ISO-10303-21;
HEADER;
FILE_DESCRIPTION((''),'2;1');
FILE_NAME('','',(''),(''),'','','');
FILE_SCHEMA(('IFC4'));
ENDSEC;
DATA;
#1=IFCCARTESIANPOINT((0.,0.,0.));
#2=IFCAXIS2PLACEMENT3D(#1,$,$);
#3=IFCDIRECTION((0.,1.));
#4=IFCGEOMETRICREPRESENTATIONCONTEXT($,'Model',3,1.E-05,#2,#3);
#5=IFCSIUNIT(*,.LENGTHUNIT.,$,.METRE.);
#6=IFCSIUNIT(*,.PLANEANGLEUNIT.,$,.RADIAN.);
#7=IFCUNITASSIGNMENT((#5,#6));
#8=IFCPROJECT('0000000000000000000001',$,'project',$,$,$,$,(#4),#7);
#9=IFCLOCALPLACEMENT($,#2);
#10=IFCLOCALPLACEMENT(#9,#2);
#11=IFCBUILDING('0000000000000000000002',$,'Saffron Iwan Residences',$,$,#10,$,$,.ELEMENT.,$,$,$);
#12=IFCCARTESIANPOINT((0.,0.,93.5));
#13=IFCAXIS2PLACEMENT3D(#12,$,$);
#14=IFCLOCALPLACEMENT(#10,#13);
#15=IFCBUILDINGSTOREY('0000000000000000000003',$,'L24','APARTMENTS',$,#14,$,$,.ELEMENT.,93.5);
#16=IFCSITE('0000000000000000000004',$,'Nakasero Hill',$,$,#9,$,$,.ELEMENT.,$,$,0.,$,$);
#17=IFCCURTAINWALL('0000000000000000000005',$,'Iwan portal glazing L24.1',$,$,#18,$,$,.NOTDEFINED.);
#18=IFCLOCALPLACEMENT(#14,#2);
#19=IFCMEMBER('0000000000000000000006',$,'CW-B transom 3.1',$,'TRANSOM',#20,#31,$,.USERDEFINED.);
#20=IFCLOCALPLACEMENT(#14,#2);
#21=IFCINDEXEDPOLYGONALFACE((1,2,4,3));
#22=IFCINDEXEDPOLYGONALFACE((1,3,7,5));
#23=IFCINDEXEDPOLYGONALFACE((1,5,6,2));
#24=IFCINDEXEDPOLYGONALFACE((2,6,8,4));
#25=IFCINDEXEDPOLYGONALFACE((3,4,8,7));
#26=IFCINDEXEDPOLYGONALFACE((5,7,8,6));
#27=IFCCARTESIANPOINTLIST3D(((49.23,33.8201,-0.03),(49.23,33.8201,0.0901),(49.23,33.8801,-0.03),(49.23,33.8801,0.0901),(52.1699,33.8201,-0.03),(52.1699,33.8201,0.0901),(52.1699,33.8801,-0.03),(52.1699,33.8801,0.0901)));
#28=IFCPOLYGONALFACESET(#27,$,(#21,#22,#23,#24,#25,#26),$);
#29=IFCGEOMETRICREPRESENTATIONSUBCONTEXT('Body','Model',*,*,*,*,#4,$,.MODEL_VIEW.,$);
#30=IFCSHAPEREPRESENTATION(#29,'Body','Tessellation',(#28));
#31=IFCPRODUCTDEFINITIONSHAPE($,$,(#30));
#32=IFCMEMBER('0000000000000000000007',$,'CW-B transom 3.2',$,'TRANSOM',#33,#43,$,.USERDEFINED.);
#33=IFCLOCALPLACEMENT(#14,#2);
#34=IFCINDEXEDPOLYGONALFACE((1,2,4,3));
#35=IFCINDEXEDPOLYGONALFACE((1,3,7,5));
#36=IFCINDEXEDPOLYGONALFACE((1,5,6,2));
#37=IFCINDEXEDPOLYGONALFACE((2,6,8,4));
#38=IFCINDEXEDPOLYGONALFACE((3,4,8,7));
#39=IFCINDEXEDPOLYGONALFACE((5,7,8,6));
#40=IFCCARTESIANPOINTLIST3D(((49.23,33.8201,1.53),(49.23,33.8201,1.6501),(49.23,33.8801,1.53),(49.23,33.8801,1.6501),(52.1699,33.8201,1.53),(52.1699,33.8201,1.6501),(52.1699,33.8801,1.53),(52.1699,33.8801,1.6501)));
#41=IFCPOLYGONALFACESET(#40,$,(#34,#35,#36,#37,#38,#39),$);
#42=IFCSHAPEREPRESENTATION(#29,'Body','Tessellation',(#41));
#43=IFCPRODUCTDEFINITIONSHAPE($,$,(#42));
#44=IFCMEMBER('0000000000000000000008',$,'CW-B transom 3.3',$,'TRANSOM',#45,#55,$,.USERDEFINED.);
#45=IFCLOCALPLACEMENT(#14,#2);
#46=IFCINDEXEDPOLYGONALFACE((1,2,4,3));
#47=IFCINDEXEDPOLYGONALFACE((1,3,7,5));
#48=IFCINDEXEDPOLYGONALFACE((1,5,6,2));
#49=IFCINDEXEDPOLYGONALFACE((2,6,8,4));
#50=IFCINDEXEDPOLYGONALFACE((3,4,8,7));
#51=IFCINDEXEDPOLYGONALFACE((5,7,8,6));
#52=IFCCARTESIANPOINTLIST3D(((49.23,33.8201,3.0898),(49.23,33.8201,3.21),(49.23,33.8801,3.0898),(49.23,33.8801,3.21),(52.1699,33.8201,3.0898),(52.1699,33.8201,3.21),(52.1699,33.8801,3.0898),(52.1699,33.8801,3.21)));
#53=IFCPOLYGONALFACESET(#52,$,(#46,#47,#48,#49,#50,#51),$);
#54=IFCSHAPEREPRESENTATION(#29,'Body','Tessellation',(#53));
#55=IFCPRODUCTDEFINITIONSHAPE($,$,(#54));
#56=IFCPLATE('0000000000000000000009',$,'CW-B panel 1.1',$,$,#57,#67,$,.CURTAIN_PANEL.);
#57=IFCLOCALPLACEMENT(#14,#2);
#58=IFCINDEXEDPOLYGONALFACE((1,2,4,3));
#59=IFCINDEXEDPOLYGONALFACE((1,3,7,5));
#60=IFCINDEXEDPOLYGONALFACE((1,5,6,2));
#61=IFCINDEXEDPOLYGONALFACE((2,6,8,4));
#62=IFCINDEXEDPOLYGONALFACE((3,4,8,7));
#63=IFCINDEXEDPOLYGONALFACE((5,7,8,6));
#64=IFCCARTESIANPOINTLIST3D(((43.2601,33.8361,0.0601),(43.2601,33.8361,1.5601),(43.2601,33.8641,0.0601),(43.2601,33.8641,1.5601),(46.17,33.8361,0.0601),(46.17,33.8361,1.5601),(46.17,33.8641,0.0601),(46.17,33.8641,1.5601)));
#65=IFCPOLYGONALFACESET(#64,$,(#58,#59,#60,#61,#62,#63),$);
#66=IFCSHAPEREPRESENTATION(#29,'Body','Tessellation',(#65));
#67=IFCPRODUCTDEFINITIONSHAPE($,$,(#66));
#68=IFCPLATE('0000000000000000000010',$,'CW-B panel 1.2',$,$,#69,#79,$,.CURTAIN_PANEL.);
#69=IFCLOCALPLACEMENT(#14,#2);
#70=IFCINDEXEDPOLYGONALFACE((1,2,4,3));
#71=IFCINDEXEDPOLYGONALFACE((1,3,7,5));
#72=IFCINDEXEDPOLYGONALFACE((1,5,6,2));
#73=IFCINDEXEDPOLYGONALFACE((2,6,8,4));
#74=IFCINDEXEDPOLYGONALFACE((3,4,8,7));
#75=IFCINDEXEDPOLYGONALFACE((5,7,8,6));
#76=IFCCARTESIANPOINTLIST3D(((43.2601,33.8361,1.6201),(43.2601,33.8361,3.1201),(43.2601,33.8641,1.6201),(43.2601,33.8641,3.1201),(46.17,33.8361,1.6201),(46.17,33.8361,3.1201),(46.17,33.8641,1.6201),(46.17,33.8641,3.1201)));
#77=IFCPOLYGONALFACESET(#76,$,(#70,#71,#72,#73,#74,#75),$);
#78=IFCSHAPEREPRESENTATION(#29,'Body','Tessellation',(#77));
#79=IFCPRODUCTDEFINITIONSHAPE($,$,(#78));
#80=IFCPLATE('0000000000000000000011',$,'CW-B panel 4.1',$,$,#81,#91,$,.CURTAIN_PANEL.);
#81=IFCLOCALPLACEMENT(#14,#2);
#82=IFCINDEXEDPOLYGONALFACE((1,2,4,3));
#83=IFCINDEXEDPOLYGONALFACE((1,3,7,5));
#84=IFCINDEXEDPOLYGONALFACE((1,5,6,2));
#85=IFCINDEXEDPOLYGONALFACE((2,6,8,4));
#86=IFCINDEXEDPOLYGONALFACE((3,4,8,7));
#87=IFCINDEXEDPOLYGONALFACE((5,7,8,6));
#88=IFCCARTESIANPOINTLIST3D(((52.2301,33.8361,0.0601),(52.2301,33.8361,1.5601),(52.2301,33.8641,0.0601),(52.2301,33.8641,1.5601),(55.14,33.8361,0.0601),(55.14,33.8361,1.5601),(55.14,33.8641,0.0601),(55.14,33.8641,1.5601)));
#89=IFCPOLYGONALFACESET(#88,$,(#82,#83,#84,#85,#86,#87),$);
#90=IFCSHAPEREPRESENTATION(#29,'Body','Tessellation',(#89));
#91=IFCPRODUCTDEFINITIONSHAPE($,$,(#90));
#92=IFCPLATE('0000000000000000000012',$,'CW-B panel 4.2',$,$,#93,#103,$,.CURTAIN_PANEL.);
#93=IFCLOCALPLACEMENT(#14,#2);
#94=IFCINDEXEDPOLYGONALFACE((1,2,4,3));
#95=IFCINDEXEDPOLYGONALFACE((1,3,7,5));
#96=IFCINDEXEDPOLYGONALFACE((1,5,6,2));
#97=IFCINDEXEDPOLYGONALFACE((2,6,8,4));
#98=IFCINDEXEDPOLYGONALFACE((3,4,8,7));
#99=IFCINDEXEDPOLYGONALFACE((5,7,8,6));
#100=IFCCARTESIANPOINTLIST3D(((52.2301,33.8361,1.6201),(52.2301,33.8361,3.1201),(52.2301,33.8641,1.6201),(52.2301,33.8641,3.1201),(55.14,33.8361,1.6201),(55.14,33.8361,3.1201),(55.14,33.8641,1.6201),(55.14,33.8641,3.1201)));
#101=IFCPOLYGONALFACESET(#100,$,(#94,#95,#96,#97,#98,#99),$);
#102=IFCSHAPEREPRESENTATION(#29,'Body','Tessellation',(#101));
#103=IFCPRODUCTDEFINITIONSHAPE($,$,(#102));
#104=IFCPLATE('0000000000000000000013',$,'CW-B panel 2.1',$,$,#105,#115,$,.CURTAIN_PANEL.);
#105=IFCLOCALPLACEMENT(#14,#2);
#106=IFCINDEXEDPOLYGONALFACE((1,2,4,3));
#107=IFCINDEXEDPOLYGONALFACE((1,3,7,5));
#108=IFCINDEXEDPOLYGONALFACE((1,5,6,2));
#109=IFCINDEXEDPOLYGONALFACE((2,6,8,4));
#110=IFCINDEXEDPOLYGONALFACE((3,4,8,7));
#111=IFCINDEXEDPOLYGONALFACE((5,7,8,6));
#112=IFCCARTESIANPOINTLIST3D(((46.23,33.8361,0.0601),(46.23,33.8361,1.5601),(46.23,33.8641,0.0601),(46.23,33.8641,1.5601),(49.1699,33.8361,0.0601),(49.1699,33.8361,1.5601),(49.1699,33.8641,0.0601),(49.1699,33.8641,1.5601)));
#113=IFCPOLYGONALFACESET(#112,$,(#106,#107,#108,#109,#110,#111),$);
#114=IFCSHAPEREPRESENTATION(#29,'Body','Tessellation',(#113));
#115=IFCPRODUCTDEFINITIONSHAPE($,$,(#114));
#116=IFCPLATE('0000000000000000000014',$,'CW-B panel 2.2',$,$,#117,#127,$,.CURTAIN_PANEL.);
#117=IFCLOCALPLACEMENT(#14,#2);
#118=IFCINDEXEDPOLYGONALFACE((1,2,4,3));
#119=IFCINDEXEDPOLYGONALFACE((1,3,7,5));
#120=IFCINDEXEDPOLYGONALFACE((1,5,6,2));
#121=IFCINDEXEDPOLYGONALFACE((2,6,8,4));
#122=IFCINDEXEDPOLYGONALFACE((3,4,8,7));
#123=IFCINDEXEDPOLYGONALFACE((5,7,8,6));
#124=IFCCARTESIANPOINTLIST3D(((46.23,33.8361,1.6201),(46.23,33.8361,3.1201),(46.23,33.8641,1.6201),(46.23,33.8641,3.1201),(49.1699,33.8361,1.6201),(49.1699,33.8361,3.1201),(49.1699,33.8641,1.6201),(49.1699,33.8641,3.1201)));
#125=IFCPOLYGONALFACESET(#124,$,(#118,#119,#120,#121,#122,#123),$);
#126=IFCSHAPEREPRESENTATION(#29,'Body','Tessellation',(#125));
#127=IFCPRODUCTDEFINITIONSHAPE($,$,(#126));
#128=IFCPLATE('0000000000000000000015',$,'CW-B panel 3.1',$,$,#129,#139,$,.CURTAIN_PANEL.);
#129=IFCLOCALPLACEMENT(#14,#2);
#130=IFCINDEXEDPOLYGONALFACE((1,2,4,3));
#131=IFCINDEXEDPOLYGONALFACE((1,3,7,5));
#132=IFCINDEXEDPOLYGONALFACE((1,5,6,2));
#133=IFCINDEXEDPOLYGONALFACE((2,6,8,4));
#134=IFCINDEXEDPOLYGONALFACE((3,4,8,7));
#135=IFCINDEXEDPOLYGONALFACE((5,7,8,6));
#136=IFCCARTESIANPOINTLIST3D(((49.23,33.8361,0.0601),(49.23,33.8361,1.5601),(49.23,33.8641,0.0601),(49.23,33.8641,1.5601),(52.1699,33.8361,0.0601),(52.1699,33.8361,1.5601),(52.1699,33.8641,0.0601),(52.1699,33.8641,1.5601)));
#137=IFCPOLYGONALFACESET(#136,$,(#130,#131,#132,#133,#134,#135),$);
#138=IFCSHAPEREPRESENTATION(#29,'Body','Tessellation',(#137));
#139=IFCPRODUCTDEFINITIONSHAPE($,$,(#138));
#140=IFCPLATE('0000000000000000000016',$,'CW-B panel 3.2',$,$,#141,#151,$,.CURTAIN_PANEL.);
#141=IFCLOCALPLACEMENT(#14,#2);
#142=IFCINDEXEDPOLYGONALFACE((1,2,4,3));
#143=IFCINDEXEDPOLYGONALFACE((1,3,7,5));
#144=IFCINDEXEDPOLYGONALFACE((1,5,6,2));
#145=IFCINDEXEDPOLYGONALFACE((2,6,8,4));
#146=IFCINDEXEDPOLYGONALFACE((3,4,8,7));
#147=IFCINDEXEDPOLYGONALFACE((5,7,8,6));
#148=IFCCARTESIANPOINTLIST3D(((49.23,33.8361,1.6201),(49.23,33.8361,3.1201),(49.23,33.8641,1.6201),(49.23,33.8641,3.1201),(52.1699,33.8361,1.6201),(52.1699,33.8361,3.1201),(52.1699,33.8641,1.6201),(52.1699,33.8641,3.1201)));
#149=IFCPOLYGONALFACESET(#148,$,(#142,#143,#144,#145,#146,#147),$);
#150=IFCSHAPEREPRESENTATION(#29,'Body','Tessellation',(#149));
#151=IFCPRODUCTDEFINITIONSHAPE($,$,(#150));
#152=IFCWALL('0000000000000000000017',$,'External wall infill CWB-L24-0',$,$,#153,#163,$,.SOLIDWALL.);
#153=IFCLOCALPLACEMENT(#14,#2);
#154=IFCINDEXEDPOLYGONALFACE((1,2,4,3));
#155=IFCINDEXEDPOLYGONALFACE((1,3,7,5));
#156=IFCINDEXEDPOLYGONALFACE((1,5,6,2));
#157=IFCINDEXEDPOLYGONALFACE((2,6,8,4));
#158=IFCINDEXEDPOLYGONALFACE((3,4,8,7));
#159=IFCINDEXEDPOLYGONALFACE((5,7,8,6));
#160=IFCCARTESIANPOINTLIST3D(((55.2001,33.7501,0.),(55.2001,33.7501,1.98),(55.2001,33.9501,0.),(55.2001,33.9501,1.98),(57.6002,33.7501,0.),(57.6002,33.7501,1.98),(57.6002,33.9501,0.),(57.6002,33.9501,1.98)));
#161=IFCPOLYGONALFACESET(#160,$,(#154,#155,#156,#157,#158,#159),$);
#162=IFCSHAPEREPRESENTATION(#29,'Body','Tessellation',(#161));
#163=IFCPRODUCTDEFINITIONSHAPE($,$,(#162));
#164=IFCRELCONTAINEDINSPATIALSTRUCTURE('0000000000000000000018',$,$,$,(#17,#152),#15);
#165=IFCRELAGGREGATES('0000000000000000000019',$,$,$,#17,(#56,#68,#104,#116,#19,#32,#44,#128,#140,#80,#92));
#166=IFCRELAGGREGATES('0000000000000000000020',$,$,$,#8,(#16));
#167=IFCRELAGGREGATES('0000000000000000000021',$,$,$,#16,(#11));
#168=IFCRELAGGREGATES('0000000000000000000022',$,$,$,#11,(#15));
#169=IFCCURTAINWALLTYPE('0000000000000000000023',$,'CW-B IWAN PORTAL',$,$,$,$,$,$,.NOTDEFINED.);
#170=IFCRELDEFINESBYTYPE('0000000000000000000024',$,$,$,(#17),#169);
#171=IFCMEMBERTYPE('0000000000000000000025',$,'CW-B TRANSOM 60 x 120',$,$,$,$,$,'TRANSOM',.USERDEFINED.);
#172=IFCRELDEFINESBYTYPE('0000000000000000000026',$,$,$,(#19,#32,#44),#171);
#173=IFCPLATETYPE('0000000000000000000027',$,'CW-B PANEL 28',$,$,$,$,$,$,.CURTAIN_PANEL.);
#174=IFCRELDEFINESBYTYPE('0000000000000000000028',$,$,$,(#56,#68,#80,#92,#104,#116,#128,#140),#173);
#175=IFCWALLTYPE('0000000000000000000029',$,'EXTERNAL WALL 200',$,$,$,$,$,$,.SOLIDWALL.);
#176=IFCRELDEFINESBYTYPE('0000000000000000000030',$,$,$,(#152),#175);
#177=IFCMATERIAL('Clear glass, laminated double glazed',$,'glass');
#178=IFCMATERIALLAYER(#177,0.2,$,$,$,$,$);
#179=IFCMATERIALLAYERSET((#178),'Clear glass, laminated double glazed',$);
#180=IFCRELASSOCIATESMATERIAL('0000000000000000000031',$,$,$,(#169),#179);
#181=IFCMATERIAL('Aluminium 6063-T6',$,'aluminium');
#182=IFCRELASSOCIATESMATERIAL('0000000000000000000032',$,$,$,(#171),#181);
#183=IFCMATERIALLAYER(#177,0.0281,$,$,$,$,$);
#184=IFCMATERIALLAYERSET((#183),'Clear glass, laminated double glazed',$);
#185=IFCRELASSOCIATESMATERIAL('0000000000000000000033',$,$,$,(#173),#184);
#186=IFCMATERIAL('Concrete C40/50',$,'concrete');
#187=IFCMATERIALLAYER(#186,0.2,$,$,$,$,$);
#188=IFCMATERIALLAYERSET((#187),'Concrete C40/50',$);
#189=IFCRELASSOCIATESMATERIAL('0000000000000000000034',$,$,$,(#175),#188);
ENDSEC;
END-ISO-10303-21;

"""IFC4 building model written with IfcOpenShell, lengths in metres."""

from ifc_helpers import new_model, si_unit, direction, frame, frame_2d, origin, origin_2d, place, context, subcontext, project, spatial, rectangle, extrude, source, transform, mapped, material, layer, layer_set, material_profile, profile_set, type_object, element, aggregate, save


model = new_model("IFC4")

# Units and contexts
model_context = context("Model", 3, precision=1e-05, world=origin(), true_north=direction((0.0, 1.0)))
body_context = subcontext(model_context, "Body", "Model", "MODEL_VIEW")
ifc_project = project(units=[si_unit("LENGTHUNIT", "METRE"), si_unit("PLANEANGLEUNIT", "RADIAN")], contexts=[model_context])

# Site, building, storey
site_placement = place(None, origin())
site = spatial("IfcSite", under=ifc_project, at=site_placement, Name="Nakasero Hill", CompositionType="ELEMENT", RefElevation=0.0)
building_placement = place(site_placement, origin())
building = spatial("IfcBuilding", under=site, at=building_placement, Name="Saffron Iwan Residences", CompositionType="ELEMENT")
storey_placement = place(building_placement, frame((0.0, 0.0, 93.5)))
storey = spatial("IfcBuildingStorey", under=building, at=storey_placement, Name="L24", Description="APARTMENTS", CompositionType="ELEMENT", Elevation=93.5)

# Curtain wall, members, plates
ifc_material_1 = material(Name="Clear glass, laminated double glazed", Category="glass")
ifc_layer_1 = layer(ifc_material_1, 0.2)
ifc_layer_set_1 = layer_set([ifc_layer_1], Name="Clear glass, laminated double glazed")
curtain_wall_type = type_object("IfcCurtainWallType", Name="CW-B IWAN PORTAL", PredefinedType="NOTDEFINED", material=ifc_layer_set_1)
curtain_wall_placement = place(storey_placement, origin())
curtain_wall = element("IfcCurtainWall", 1, at=curtain_wall_placement, inside=storey, type_object=curtain_wall_type, Name="Iwan portal glazing L24.1", PredefinedType="NOTDEFINED")
ifc_material_2 = material(Name="Aluminium 6063-T6", Category="aluminium")
ifc_material_profile_1 = material_profile(ifc_material_2, rectangle(XDim=0.0601, YDim=0.1201, at=origin_2d()), Name="CW-B TRANSOM 60 x 120")
ifc_profile_set_1 = profile_set([ifc_material_profile_1], Name="Aluminium 6063-T6")
member_type_1 = type_object("IfcMemberType", Name="CW-B TRANSOM 60 x 120", ElementType="TRANSOM", PredefinedType="USERDEFINED", material=ifc_profile_set_1)
shared_shape_1 = source(origin(), body_context, "Body", "SweptSolid", [
    extrude(rectangle(XDim=0.0601, YDim=0.1201, at=origin_2d()), origin(), (0.0, 0.0, 1.0), 2.9399),
])
member_1_placement = place(storey_placement, frame((49.23, 33.8501, 0.03), z_axis=(1.0, 0.0, 0.0), x_axis=(0.0, 1.0, 0.0)))
member_1 = element("IfcMember", 2, at=member_1_placement, type_object=member_type_1, Name="CW-B transom 3.1", ObjectType="TRANSOM", PredefinedType="USERDEFINED", context=body_context, shape_type="MappedRepresentation", body=[
    mapped(shared_shape_1, transform((0.0, 0.0, 0.0))),
])
member_2_placement = place(storey_placement, frame((49.23, 33.8501, 1.5901), z_axis=(1.0, 0.0, 0.0), x_axis=(0.0, 1.0, 0.0)))
member_2 = element("IfcMember", 3, at=member_2_placement, type_object=member_type_1, Name="CW-B transom 3.2", ObjectType="TRANSOM", PredefinedType="USERDEFINED", context=body_context, shape_type="MappedRepresentation", body=[
    mapped(shared_shape_1, transform((0.0, 0.0, 0.0))),
])
member_3_placement = place(storey_placement, frame((49.23, 33.8501, 3.1499), z_axis=(1.0, 0.0, 0.0), x_axis=(0.0, 1.0, 0.0)))
member_3 = element("IfcMember", 4, at=member_3_placement, type_object=member_type_1, Name="CW-B transom 3.3", ObjectType="TRANSOM", PredefinedType="USERDEFINED", context=body_context, shape_type="MappedRepresentation", body=[
    mapped(shared_shape_1, transform((0.0, 0.0, 0.0))),
])
ifc_layer_2 = layer(ifc_material_1, 0.0281)
ifc_layer_set_2 = layer_set([ifc_layer_2], Name="Clear glass, laminated double glazed")
plate_type = type_object("IfcPlateType", Name="CW-B PANEL 28", PredefinedType="CURTAIN_PANEL", material=ifc_layer_set_2)
shared_shape_2 = source(origin(), body_context, "Body", "SweptSolid", [
    extrude(rectangle(XDim=2.9099, YDim=0.0281, at=origin_2d()), origin(), (0.0, 0.0, 1.0), 1.5),
])
plate_1_placement = place(storey_placement, frame((44.7151, 33.8501, 0.0601), z_axis=(0.0, 0.0, 1.0), x_axis=(1.0, 0.0, 0.0)))
plate_1 = element("IfcPlate", 5, at=plate_1_placement, type_object=plate_type, Name="CW-B panel 1.1", PredefinedType="CURTAIN_PANEL", context=body_context, shape_type="MappedRepresentation", body=[
    mapped(shared_shape_2, transform((0.0, 0.0, 0.0))),
])
plate_2_placement = place(storey_placement, frame((44.7151, 33.8501, 1.6201), z_axis=(0.0, 0.0, 1.0), x_axis=(1.0, 0.0, 0.0)))
plate_2 = element("IfcPlate", 6, at=plate_2_placement, type_object=plate_type, Name="CW-B panel 1.2", PredefinedType="CURTAIN_PANEL", context=body_context, shape_type="MappedRepresentation", body=[
    mapped(shared_shape_2, transform((0.0, 0.0, 0.0))),
])
plate_3_placement = place(storey_placement, frame((53.6851, 33.8501, 0.0601), z_axis=(0.0, 0.0, 1.0), x_axis=(1.0, 0.0, 0.0)))
plate_3 = element("IfcPlate", 7, at=plate_3_placement, type_object=plate_type, Name="CW-B panel 4.1", PredefinedType="CURTAIN_PANEL", context=body_context, shape_type="MappedRepresentation", body=[
    mapped(shared_shape_2, transform((0.0, 0.0, 0.0))),
])
plate_4_placement = place(storey_placement, frame((53.6851, 33.8501, 1.6201), z_axis=(0.0, 0.0, 1.0), x_axis=(1.0, 0.0, 0.0)))
plate_4 = element("IfcPlate", 8, at=plate_4_placement, type_object=plate_type, Name="CW-B panel 4.2", PredefinedType="CURTAIN_PANEL", context=body_context, shape_type="MappedRepresentation", body=[
    mapped(shared_shape_2, transform((0.0, 0.0, 0.0))),
])
shared_shape_3 = source(origin(), body_context, "Body", "SweptSolid", [
    extrude(rectangle(XDim=2.9399, YDim=0.0281, at=origin_2d()), origin(), (0.0, 0.0, 1.0), 1.5),
])
plate_5_placement = place(storey_placement, frame((47.7, 33.8501, 0.0601), z_axis=(0.0, 0.0, 1.0), x_axis=(1.0, 0.0, 0.0)))
plate_5 = element("IfcPlate", 9, at=plate_5_placement, type_object=plate_type, Name="CW-B panel 2.1", PredefinedType="CURTAIN_PANEL", context=body_context, shape_type="MappedRepresentation", body=[
    mapped(shared_shape_3, transform((0.0, 0.0, 0.0))),
])
plate_6_placement = place(storey_placement, frame((47.7, 33.8501, 1.6201), z_axis=(0.0, 0.0, 1.0), x_axis=(1.0, 0.0, 0.0)))
plate_6 = element("IfcPlate", 10, at=plate_6_placement, type_object=plate_type, Name="CW-B panel 2.2", PredefinedType="CURTAIN_PANEL", context=body_context, shape_type="MappedRepresentation", body=[
    mapped(shared_shape_3, transform((0.0, 0.0, 0.0))),
])
plate_7_placement = place(storey_placement, frame((50.7, 33.8501, 0.0601), z_axis=(0.0, 0.0, 1.0), x_axis=(1.0, 0.0, 0.0)))
plate_7 = element("IfcPlate", 11, at=plate_7_placement, type_object=plate_type, Name="CW-B panel 3.1", PredefinedType="CURTAIN_PANEL", context=body_context, shape_type="MappedRepresentation", body=[
    mapped(shared_shape_3, transform((0.0, 0.0, 0.0))),
])
plate_8_placement = place(storey_placement, frame((50.7, 33.8501, 1.6201), z_axis=(0.0, 0.0, 1.0), x_axis=(1.0, 0.0, 0.0)))
plate_8 = element("IfcPlate", 12, at=plate_8_placement, type_object=plate_type, Name="CW-B panel 3.2", PredefinedType="CURTAIN_PANEL", context=body_context, shape_type="MappedRepresentation", body=[
    mapped(shared_shape_3, transform((0.0, 0.0, 0.0))),
])
aggregate(curtain_wall, [plate_1, plate_2, plate_5, plate_6, member_1, member_2, member_3, plate_7, plate_8, plate_3, plate_4])

# Wall
ifc_material_3 = material(Name="Concrete C40/50", Category="concrete")
ifc_layer_3 = layer(ifc_material_3, 0.2)
ifc_layer_set_3 = layer_set([ifc_layer_3], Name="Concrete C40/50")
wall_type = type_object("IfcWallType", Name="EXTERNAL WALL 200", PredefinedType="SOLIDWALL", material=ifc_layer_set_3)
wall_placement = place(storey_placement, frame((55.2, 33.8501, 0.0), z_axis=(0.0, 0.0, 1.0), x_axis=(1.0, 0.0, 0.0)))
element("IfcWall", 13, at=wall_placement, inside=storey, type_object=wall_type, Name="External wall infill CWB-L24-0", PredefinedType="SOLIDWALL", context=body_context, shape_type="SweptSolid", body=[
    extrude(rectangle(XDim=2.4001, YDim=0.2, at=frame_2d((1.2002, 0.0))), origin(), (0.0, 0.0, 1.0), 1.98),
])

save(model, "model.ifc")
